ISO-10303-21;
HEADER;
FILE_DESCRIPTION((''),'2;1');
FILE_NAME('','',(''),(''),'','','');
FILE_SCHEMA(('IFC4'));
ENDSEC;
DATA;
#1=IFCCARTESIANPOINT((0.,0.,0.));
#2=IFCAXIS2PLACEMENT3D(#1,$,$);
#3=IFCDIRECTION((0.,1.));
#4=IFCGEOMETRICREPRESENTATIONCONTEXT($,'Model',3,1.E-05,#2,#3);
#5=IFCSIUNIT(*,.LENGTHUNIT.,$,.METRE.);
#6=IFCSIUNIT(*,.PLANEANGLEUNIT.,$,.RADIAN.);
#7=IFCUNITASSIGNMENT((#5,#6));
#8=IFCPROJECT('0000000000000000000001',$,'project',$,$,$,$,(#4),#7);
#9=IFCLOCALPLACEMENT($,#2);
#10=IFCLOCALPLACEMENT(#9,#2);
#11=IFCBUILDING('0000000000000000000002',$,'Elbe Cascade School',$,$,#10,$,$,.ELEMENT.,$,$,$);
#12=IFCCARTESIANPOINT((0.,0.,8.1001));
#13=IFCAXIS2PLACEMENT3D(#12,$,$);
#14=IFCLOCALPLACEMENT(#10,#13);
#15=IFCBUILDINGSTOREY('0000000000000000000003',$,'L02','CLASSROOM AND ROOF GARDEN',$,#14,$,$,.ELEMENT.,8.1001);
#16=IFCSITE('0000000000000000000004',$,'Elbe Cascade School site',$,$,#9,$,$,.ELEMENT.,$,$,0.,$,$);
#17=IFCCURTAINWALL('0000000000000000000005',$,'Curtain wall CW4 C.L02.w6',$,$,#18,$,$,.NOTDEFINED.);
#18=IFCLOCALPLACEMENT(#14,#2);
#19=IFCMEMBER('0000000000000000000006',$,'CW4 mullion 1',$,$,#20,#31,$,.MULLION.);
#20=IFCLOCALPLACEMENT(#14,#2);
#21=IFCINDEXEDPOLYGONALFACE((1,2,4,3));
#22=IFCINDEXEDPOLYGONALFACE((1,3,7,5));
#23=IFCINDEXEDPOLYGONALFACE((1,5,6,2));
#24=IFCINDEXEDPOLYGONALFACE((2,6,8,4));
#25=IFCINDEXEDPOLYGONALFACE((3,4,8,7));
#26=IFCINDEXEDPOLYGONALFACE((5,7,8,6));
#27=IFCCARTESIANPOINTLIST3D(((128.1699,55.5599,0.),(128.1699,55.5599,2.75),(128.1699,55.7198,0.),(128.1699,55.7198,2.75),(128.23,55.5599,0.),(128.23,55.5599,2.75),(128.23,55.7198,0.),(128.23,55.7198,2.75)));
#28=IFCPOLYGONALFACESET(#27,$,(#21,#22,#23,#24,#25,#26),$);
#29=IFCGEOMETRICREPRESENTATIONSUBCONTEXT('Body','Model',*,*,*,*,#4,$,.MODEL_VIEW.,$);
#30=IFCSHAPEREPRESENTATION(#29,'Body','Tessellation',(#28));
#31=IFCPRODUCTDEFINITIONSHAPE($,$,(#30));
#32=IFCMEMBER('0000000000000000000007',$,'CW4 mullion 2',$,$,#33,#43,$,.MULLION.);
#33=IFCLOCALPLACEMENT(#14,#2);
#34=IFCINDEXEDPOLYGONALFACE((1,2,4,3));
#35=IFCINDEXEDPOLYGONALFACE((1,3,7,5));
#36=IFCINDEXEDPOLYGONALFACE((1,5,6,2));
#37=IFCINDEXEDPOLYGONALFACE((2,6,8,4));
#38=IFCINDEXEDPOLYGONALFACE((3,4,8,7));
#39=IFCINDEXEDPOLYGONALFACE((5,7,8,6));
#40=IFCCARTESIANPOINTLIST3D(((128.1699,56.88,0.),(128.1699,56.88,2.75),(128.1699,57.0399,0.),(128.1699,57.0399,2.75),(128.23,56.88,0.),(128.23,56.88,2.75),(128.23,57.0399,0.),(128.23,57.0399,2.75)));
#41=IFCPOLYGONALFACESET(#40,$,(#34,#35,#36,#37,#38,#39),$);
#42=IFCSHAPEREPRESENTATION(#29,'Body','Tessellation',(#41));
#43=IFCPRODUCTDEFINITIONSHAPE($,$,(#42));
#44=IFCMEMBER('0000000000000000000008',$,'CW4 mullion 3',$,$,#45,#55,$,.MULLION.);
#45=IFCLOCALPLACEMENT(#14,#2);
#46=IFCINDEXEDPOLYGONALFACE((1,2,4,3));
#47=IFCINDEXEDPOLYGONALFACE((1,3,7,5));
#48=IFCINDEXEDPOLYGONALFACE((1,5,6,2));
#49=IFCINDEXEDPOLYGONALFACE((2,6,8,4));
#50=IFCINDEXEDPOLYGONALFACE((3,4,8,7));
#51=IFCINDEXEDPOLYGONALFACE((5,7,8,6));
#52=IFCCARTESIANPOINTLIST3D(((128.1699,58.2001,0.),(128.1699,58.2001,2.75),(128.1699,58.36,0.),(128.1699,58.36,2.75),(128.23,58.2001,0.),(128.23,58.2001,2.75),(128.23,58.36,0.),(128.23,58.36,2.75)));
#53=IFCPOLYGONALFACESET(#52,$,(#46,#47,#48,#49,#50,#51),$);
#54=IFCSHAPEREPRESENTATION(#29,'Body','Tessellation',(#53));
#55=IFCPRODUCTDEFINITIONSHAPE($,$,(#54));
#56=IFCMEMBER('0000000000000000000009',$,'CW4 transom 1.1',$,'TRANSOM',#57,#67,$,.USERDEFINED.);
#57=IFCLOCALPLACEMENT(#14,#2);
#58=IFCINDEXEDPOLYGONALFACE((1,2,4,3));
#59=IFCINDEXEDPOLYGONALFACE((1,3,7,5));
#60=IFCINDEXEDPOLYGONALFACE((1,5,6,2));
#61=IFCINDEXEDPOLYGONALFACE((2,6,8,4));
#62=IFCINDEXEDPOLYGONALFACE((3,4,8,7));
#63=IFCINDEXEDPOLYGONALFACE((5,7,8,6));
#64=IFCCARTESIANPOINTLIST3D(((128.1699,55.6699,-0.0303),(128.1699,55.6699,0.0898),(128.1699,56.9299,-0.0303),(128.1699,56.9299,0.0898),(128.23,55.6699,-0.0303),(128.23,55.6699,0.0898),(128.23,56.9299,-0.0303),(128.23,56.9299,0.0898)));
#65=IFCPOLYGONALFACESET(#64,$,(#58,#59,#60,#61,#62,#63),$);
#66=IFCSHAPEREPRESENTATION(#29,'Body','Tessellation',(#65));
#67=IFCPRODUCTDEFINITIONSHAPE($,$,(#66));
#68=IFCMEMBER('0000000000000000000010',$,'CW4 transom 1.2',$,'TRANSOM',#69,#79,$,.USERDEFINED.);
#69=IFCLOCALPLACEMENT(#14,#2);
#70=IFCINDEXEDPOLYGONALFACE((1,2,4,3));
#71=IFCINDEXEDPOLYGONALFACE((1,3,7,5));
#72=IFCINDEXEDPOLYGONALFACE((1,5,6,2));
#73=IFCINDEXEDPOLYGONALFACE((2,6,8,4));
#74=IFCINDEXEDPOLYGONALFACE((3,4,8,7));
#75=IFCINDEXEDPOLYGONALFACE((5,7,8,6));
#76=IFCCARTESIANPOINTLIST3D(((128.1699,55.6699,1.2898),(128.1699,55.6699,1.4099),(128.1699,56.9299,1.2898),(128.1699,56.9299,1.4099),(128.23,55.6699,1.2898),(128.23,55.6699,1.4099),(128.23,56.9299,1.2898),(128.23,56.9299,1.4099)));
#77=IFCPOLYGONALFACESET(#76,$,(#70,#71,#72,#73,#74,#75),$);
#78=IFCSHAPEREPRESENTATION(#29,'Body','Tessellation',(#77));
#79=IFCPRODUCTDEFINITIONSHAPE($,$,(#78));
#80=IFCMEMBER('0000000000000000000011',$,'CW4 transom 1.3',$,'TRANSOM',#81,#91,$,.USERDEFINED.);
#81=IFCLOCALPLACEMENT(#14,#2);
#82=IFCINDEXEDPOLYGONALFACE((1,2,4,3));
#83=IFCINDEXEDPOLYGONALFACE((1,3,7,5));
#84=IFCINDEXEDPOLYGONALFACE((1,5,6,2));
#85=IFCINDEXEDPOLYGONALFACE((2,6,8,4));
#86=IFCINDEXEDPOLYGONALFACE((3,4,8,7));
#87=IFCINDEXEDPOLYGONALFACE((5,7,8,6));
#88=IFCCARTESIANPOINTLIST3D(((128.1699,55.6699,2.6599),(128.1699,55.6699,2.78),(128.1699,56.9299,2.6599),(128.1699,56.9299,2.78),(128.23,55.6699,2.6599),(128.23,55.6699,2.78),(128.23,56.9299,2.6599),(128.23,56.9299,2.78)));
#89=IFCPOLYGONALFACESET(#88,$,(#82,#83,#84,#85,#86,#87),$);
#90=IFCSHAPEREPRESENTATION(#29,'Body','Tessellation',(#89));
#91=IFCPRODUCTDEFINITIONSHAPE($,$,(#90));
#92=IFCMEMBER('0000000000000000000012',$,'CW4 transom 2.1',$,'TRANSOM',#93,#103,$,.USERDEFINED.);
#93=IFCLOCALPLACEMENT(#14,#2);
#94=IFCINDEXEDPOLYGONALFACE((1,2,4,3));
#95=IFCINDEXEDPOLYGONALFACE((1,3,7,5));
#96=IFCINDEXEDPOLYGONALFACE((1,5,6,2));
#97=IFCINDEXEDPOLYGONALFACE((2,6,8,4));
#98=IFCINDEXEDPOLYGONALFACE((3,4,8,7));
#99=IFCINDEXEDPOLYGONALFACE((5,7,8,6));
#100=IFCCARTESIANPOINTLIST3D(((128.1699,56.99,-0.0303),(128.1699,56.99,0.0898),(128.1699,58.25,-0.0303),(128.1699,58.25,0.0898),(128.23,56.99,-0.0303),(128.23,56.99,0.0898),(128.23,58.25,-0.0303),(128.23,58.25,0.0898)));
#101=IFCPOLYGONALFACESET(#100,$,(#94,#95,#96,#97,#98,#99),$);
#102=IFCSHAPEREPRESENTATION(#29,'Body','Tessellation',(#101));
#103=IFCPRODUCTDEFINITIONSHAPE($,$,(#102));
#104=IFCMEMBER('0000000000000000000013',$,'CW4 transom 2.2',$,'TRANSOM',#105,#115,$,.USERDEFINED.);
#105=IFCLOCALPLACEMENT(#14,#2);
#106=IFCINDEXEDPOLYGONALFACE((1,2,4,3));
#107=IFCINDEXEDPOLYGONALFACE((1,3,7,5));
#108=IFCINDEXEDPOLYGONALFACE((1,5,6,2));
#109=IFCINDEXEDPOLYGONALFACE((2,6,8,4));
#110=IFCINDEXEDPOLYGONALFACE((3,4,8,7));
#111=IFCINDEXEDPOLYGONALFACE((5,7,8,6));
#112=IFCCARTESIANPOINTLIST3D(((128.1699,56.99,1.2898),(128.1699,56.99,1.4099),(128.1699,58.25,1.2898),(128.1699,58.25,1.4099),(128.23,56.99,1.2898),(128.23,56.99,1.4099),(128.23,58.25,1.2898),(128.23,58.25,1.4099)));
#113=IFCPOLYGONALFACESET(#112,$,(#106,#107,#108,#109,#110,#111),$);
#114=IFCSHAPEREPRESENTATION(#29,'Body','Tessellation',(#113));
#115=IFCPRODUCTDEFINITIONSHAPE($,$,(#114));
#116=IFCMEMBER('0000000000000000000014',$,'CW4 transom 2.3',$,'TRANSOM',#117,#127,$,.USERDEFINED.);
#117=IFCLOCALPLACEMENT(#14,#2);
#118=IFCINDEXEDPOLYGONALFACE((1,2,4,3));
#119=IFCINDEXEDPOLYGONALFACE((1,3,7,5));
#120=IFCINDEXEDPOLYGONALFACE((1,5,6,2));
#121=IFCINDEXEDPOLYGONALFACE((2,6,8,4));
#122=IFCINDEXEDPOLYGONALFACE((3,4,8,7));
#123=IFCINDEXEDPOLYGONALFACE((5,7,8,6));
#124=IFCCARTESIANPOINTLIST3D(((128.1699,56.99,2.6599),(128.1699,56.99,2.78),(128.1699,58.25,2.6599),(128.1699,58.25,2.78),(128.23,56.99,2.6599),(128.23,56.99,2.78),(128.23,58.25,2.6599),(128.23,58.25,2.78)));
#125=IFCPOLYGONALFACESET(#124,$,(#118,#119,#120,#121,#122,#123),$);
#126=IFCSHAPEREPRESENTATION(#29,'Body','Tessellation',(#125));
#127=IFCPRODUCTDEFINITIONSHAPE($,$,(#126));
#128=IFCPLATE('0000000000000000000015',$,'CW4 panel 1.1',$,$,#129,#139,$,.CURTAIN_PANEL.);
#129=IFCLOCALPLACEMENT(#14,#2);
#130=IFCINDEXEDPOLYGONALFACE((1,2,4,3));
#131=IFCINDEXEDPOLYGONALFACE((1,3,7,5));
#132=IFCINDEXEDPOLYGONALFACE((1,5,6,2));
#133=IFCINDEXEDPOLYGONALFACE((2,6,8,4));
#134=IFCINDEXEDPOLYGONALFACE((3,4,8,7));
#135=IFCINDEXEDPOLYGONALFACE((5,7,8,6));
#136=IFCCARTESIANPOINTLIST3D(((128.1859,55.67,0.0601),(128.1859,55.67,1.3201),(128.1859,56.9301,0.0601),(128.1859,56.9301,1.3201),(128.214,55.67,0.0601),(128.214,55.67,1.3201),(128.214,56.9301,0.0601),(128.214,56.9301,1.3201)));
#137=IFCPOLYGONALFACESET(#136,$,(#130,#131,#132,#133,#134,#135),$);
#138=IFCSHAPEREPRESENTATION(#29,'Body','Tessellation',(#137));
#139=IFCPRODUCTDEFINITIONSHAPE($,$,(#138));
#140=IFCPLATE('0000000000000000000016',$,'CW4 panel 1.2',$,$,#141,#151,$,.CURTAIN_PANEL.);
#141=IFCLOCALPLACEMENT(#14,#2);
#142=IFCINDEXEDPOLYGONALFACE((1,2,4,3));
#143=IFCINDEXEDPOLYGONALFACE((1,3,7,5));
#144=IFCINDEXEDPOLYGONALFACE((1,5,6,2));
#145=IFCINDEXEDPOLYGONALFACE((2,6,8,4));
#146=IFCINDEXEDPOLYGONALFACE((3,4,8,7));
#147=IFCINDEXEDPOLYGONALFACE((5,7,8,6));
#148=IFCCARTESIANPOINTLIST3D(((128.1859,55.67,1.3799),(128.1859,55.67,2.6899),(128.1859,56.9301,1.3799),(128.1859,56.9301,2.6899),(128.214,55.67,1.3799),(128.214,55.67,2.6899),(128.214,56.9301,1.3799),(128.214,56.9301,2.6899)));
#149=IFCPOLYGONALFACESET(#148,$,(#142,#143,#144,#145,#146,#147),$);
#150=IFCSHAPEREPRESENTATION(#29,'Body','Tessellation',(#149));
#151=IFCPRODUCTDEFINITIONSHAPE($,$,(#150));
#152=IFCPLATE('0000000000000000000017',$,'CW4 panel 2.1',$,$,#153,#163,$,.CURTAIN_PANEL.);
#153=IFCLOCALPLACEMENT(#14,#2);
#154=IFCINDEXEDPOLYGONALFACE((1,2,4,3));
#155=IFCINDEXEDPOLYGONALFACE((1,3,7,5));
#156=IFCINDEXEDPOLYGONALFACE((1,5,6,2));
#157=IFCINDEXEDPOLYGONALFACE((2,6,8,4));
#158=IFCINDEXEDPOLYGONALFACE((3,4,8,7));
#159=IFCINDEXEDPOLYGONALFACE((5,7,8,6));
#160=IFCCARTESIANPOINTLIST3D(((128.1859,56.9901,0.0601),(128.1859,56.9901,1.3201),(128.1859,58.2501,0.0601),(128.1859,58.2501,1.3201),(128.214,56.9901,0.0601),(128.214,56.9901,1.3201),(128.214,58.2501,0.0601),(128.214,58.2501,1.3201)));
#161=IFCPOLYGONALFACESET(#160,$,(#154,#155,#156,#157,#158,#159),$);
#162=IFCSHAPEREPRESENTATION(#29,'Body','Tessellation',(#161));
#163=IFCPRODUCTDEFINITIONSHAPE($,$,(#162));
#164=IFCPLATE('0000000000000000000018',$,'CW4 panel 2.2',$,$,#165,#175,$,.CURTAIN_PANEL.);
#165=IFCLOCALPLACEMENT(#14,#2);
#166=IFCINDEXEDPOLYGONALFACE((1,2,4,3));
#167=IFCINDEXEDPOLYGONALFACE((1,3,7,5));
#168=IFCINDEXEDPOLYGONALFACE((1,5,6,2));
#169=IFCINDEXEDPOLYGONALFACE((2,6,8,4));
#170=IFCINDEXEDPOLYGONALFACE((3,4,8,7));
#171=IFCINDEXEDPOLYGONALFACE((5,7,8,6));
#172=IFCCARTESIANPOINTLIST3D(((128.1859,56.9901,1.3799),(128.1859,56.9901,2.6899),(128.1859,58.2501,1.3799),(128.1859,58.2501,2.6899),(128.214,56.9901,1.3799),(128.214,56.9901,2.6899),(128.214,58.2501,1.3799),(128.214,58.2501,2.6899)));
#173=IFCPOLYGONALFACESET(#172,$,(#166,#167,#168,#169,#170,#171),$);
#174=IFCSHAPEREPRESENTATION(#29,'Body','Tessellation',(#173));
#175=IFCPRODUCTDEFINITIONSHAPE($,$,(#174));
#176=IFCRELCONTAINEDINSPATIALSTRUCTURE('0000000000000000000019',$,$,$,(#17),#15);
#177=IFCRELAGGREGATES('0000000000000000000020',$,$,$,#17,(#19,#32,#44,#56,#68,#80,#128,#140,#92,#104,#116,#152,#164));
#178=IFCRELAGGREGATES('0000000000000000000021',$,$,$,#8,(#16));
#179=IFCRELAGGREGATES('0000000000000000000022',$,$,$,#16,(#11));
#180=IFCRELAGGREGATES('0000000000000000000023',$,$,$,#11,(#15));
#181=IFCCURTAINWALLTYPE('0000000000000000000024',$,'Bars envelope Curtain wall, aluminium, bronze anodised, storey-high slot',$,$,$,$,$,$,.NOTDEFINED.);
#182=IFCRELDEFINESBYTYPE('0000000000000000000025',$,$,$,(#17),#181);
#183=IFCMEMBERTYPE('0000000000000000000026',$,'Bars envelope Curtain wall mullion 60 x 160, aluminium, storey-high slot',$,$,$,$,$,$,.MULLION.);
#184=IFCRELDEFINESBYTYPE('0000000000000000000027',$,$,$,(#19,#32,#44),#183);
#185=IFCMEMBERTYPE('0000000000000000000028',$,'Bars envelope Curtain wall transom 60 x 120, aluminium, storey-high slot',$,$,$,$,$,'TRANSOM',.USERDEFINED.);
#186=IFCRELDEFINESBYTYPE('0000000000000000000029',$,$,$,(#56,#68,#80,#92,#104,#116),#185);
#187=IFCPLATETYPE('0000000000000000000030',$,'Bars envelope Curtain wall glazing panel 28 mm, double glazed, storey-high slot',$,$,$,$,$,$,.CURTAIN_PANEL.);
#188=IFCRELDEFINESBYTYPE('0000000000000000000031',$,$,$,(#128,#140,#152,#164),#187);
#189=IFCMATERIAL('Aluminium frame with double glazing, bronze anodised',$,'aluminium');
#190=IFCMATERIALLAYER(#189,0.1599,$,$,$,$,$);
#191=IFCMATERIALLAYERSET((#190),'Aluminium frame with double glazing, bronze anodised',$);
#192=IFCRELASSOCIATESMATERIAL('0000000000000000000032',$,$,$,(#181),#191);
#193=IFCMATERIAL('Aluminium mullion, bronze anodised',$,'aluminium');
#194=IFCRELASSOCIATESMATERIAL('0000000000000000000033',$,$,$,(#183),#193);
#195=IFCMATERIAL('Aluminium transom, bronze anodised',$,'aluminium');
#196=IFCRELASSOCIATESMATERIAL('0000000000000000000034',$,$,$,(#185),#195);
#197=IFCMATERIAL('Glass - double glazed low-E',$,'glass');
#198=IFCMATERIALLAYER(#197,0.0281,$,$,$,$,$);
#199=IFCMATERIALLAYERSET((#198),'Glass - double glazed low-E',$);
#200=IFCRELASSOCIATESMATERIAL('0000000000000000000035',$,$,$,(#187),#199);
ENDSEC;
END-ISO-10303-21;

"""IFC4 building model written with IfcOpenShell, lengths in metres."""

from ifc_helpers import new_model, si_unit, direction, frame, origin, origin_2d, place, context, subcontext, project, spatial, rectangle, extrude, material, layer, layer_set, material_profile, profile_set, type_object, element, aggregate, save


model = new_model("IFC4")

# Units and contexts
model_context = context("Model", 3, precision=1e-05, world=origin(), true_north=direction((0.0, 1.0)))
body_context = subcontext(model_context, "Body", "Model", "MODEL_VIEW")
ifc_project = project(units=[si_unit("LENGTHUNIT", "METRE"), si_unit("PLANEANGLEUNIT", "RADIAN")], contexts=[model_context])

# Site, building, storey
site_placement = place(None, origin())
site = spatial("IfcSite", under=ifc_project, at=site_placement, Name="Elbe Cascade School site", CompositionType="ELEMENT", RefElevation=0.0)
building_placement = place(site_placement, origin())
building = spatial("IfcBuilding", under=site, at=building_placement, Name="Elbe Cascade School", CompositionType="ELEMENT")
storey_placement = place(building_placement, frame((0.0, 0.0, 8.1001)))
storey = spatial("IfcBuildingStorey", under=building, at=storey_placement, Name="L02", Description="CLASSROOM AND ROOF GARDEN", CompositionType="ELEMENT", Elevation=8.1001)

# Curtain wall, members, plates
ifc_material_1 = material(Name="Aluminium frame with double glazing, bronze anodised", Category="aluminium")
ifc_layer_1 = layer(ifc_material_1, 0.1599)
ifc_layer_set_1 = layer_set([ifc_layer_1], Name="Aluminium frame with double glazing, bronze anodised")
curtain_wall_type = type_object("IfcCurtainWallType", Name="Bars envelope Curtain wall, aluminium, bronze anodised, storey-high slot", PredefinedType="NOTDEFINED", material=ifc_layer_set_1)
curtain_wall_placement = place(storey_placement, origin())
curtain_wall = element("IfcCurtainWall", 1, at=curtain_wall_placement, inside=storey, type_object=curtain_wall_type, Name="Curtain wall CW4 C.L02.w6", PredefinedType="NOTDEFINED")
ifc_material_2 = material(Name="Aluminium mullion, bronze anodised", Category="aluminium")
ifc_material_profile_1 = material_profile(ifc_material_2, rectangle(XDim=0.0601, YDim=0.1599, at=origin_2d()), Name="Bars envelope Curtain wall mullion 60 x 160, aluminium, storey-high slot")
ifc_profile_set_1 = profile_set([ifc_material_profile_1], Name="Aluminium mullion, bronze anodised")
member_type_1 = type_object("IfcMemberType", Name="Bars envelope Curtain wall mullion 60 x 160, aluminium, storey-high slot", PredefinedType="MULLION", material=ifc_profile_set_1)
member_1_placement = place(storey_placement, frame((128.2, 55.6399, 0.0), z_axis=(0.0, 0.0, 1.0), x_axis=(-1.0, 0.0, 0.0)))
member_1 = element("IfcMember", 2, at=member_1_placement, type_object=member_type_1, Name="CW4 mullion 1", PredefinedType="MULLION", context=body_context, shape_type="SweptSolid", body=[
    extrude(rectangle(XDim=0.0601, YDim=0.1599, at=origin_2d()), origin(), (0.0, 0.0, 1.0), 2.75),
])
member_2_placement = place(storey_placement, frame((128.2, 56.96, 0.0), z_axis=(0.0, 0.0, 1.0), x_axis=(-1.0, 0.0, 0.0)))
member_2 = element("IfcMember", 3, at=member_2_placement, type_object=member_type_1, Name="CW4 mullion 2", PredefinedType="MULLION", context=body_context, shape_type="SweptSolid", body=[
    extrude(rectangle(XDim=0.0601, YDim=0.1599, at=origin_2d()), origin(), (0.0, 0.0, 1.0), 2.75),
])
member_3_placement = place(storey_placement, frame((128.2, 58.28, 0.0), z_axis=(0.0, 0.0, 1.0), x_axis=(-1.0, 0.0, 0.0)))
member_3 = element("IfcMember", 4, at=member_3_placement, type_object=member_type_1, Name="CW4 mullion 3", PredefinedType="MULLION", context=body_context, shape_type="SweptSolid", body=[
    extrude(rectangle(XDim=0.0601, YDim=0.1599, at=origin_2d()), origin(), (0.0, 0.0, 1.0), 2.75),
])
ifc_material_3 = material(Name="Aluminium transom, bronze anodised", Category="aluminium")
ifc_material_profile_2 = material_profile(ifc_material_3, rectangle(XDim=0.0601, YDim=0.1201, at=origin_2d()), Name="Bars envelope Curtain wall transom 60 x 120, aluminium, storey-high slot")
ifc_profile_set_2 = profile_set([ifc_material_profile_2], Name="Aluminium transom, bronze anodised")
member_type_2 = type_object("IfcMemberType", Name="Bars envelope Curtain wall transom 60 x 120, aluminium, storey-high slot", ElementType="TRANSOM", PredefinedType="USERDEFINED", material=ifc_profile_set_2)
member_4_placement = place(storey_placement, frame((128.2, 55.6699, 0.0298), z_axis=(0.0, 1.0, 0.0), x_axis=(-1.0, 0.0, 0.0)))
member_4 = element("IfcMember", 5, at=member_4_placement, type_object=member_type_2, Name="CW4 transom 1.1", ObjectType="TRANSOM", PredefinedType="USERDEFINED", context=body_context, shape_type="SweptSolid", body=[
    extrude(rectangle(XDim=0.0601, YDim=0.1201, at=origin_2d()), origin(), (0.0, 0.0, 1.0), 1.26),
])
member_5_placement = place(storey_placement, frame((128.2, 55.6699, 1.3499), z_axis=(0.0, 1.0, 0.0), x_axis=(-1.0, 0.0, 0.0)))
member_5 = element("IfcMember", 6, at=member_5_placement, type_object=member_type_2, Name="CW4 transom 1.2", ObjectType="TRANSOM", PredefinedType="USERDEFINED", context=body_context, shape_type="SweptSolid", body=[
    extrude(rectangle(XDim=0.0601, YDim=0.1201, at=origin_2d()), origin(), (0.0, 0.0, 1.0), 1.26),
])
member_6_placement = place(storey_placement, frame((128.2, 55.6699, 2.72), z_axis=(0.0, 1.0, 0.0), x_axis=(-1.0, 0.0, 0.0)))
member_6 = element("IfcMember", 7, at=member_6_placement, type_object=member_type_2, Name="CW4 transom 1.3", ObjectType="TRANSOM", PredefinedType="USERDEFINED", context=body_context, shape_type="SweptSolid", body=[
    extrude(rectangle(XDim=0.0601, YDim=0.1201, at=origin_2d()), origin(), (0.0, 0.0, 1.0), 1.26),
])
member_7_placement = place(storey_placement, frame((128.2, 56.99, 0.0298), z_axis=(0.0, 1.0, 0.0), x_axis=(-1.0, 0.0, 0.0)))
member_7 = element("IfcMember", 8, at=member_7_placement, type_object=member_type_2, Name="CW4 transom 2.1", ObjectType="TRANSOM", PredefinedType="USERDEFINED", context=body_context, shape_type="SweptSolid", body=[
    extrude(rectangle(XDim=0.0601, YDim=0.1201, at=origin_2d()), origin(), (0.0, 0.0, 1.0), 1.26),
])
member_8_placement = place(storey_placement, frame((128.2, 56.99, 1.3499), z_axis=(0.0, 1.0, 0.0), x_axis=(-1.0, 0.0, 0.0)))
member_8 = element("IfcMember", 9, at=member_8_placement, type_object=member_type_2, Name="CW4 transom 2.2", ObjectType="TRANSOM", PredefinedType="USERDEFINED", context=body_context, shape_type="SweptSolid", body=[
    extrude(rectangle(XDim=0.0601, YDim=0.1201, at=origin_2d()), origin(), (0.0, 0.0, 1.0), 1.26),
])
member_9_placement = place(storey_placement, frame((128.2, 56.99, 2.72), z_axis=(0.0, 1.0, 0.0), x_axis=(-1.0, 0.0, 0.0)))
member_9 = element("IfcMember", 10, at=member_9_placement, type_object=member_type_2, Name="CW4 transom 2.3", ObjectType="TRANSOM", PredefinedType="USERDEFINED", context=body_context, shape_type="SweptSolid", body=[
    extrude(rectangle(XDim=0.0601, YDim=0.1201, at=origin_2d()), origin(), (0.0, 0.0, 1.0), 1.26),
])
ifc_material_4 = material(Name="Glass - double glazed low-E", Category="glass")
ifc_layer_2 = layer(ifc_material_4, 0.0281)
ifc_layer_set_2 = layer_set([ifc_layer_2], Name="Glass - double glazed low-E")
plate_type = type_object("IfcPlateType", Name="Bars envelope Curtain wall glazing panel 28 mm, double glazed, storey-high slot", PredefinedType="CURTAIN_PANEL", material=ifc_layer_set_2)
plate_1_placement = place(storey_placement, frame((128.2, 56.3, 0.0601), z_axis=(0.0, 0.0, 1.0), x_axis=(0.0, 1.0, 0.0)))
plate_1 = element("IfcPlate", 11, at=plate_1_placement, type_object=plate_type, Name="CW4 panel 1.1", PredefinedType="CURTAIN_PANEL", context=body_context, shape_type="SweptSolid", body=[
    extrude(rectangle(XDim=1.26, YDim=0.0281, at=origin_2d()), origin(), (0.0, 0.0, 1.0), 1.26),
])
plate_2_placement = place(storey_placement, frame((128.2, 56.3, 1.3799), z_axis=(0.0, 0.0, 1.0), x_axis=(0.0, 1.0, 0.0)))
plate_2 = element("IfcPlate", 12, at=plate_2_placement, type_object=plate_type, Name="CW4 panel 1.2", PredefinedType="CURTAIN_PANEL", context=body_context, shape_type="SweptSolid", body=[
    extrude(rectangle(XDim=1.26, YDim=0.0281, at=origin_2d()), origin(), (0.0, 0.0, 1.0), 1.3101),
])
plate_3_placement = place(storey_placement, frame((128.2, 57.6201, 0.0601), z_axis=(0.0, 0.0, 1.0), x_axis=(0.0, 1.0, 0.0)))
plate_3 = element("IfcPlate", 13, at=plate_3_placement, type_object=plate_type, Name="CW4 panel 2.1", PredefinedType="CURTAIN_PANEL", context=body_context, shape_type="SweptSolid", body=[
    extrude(rectangle(XDim=1.26, YDim=0.0281, at=origin_2d()), origin(), (0.0, 0.0, 1.0), 1.26),
])
plate_4_placement = place(storey_placement, frame((128.2, 57.6201, 1.3799), z_axis=(0.0, 0.0, 1.0), x_axis=(0.0, 1.0, 0.0)))
plate_4 = element("IfcPlate", 14, at=plate_4_placement, type_object=plate_type, Name="CW4 panel 2.2", PredefinedType="CURTAIN_PANEL", context=body_context, shape_type="SweptSolid", body=[
    extrude(rectangle(XDim=1.26, YDim=0.0281, at=origin_2d()), origin(), (0.0, 0.0, 1.0), 1.3101),
])
aggregate(curtain_wall, [member_1, member_2, member_3, member_4, member_5, member_6, plate_1, plate_2, member_7, member_8, member_9, plate_3, plate_4])

save(model, "model.ifc")
